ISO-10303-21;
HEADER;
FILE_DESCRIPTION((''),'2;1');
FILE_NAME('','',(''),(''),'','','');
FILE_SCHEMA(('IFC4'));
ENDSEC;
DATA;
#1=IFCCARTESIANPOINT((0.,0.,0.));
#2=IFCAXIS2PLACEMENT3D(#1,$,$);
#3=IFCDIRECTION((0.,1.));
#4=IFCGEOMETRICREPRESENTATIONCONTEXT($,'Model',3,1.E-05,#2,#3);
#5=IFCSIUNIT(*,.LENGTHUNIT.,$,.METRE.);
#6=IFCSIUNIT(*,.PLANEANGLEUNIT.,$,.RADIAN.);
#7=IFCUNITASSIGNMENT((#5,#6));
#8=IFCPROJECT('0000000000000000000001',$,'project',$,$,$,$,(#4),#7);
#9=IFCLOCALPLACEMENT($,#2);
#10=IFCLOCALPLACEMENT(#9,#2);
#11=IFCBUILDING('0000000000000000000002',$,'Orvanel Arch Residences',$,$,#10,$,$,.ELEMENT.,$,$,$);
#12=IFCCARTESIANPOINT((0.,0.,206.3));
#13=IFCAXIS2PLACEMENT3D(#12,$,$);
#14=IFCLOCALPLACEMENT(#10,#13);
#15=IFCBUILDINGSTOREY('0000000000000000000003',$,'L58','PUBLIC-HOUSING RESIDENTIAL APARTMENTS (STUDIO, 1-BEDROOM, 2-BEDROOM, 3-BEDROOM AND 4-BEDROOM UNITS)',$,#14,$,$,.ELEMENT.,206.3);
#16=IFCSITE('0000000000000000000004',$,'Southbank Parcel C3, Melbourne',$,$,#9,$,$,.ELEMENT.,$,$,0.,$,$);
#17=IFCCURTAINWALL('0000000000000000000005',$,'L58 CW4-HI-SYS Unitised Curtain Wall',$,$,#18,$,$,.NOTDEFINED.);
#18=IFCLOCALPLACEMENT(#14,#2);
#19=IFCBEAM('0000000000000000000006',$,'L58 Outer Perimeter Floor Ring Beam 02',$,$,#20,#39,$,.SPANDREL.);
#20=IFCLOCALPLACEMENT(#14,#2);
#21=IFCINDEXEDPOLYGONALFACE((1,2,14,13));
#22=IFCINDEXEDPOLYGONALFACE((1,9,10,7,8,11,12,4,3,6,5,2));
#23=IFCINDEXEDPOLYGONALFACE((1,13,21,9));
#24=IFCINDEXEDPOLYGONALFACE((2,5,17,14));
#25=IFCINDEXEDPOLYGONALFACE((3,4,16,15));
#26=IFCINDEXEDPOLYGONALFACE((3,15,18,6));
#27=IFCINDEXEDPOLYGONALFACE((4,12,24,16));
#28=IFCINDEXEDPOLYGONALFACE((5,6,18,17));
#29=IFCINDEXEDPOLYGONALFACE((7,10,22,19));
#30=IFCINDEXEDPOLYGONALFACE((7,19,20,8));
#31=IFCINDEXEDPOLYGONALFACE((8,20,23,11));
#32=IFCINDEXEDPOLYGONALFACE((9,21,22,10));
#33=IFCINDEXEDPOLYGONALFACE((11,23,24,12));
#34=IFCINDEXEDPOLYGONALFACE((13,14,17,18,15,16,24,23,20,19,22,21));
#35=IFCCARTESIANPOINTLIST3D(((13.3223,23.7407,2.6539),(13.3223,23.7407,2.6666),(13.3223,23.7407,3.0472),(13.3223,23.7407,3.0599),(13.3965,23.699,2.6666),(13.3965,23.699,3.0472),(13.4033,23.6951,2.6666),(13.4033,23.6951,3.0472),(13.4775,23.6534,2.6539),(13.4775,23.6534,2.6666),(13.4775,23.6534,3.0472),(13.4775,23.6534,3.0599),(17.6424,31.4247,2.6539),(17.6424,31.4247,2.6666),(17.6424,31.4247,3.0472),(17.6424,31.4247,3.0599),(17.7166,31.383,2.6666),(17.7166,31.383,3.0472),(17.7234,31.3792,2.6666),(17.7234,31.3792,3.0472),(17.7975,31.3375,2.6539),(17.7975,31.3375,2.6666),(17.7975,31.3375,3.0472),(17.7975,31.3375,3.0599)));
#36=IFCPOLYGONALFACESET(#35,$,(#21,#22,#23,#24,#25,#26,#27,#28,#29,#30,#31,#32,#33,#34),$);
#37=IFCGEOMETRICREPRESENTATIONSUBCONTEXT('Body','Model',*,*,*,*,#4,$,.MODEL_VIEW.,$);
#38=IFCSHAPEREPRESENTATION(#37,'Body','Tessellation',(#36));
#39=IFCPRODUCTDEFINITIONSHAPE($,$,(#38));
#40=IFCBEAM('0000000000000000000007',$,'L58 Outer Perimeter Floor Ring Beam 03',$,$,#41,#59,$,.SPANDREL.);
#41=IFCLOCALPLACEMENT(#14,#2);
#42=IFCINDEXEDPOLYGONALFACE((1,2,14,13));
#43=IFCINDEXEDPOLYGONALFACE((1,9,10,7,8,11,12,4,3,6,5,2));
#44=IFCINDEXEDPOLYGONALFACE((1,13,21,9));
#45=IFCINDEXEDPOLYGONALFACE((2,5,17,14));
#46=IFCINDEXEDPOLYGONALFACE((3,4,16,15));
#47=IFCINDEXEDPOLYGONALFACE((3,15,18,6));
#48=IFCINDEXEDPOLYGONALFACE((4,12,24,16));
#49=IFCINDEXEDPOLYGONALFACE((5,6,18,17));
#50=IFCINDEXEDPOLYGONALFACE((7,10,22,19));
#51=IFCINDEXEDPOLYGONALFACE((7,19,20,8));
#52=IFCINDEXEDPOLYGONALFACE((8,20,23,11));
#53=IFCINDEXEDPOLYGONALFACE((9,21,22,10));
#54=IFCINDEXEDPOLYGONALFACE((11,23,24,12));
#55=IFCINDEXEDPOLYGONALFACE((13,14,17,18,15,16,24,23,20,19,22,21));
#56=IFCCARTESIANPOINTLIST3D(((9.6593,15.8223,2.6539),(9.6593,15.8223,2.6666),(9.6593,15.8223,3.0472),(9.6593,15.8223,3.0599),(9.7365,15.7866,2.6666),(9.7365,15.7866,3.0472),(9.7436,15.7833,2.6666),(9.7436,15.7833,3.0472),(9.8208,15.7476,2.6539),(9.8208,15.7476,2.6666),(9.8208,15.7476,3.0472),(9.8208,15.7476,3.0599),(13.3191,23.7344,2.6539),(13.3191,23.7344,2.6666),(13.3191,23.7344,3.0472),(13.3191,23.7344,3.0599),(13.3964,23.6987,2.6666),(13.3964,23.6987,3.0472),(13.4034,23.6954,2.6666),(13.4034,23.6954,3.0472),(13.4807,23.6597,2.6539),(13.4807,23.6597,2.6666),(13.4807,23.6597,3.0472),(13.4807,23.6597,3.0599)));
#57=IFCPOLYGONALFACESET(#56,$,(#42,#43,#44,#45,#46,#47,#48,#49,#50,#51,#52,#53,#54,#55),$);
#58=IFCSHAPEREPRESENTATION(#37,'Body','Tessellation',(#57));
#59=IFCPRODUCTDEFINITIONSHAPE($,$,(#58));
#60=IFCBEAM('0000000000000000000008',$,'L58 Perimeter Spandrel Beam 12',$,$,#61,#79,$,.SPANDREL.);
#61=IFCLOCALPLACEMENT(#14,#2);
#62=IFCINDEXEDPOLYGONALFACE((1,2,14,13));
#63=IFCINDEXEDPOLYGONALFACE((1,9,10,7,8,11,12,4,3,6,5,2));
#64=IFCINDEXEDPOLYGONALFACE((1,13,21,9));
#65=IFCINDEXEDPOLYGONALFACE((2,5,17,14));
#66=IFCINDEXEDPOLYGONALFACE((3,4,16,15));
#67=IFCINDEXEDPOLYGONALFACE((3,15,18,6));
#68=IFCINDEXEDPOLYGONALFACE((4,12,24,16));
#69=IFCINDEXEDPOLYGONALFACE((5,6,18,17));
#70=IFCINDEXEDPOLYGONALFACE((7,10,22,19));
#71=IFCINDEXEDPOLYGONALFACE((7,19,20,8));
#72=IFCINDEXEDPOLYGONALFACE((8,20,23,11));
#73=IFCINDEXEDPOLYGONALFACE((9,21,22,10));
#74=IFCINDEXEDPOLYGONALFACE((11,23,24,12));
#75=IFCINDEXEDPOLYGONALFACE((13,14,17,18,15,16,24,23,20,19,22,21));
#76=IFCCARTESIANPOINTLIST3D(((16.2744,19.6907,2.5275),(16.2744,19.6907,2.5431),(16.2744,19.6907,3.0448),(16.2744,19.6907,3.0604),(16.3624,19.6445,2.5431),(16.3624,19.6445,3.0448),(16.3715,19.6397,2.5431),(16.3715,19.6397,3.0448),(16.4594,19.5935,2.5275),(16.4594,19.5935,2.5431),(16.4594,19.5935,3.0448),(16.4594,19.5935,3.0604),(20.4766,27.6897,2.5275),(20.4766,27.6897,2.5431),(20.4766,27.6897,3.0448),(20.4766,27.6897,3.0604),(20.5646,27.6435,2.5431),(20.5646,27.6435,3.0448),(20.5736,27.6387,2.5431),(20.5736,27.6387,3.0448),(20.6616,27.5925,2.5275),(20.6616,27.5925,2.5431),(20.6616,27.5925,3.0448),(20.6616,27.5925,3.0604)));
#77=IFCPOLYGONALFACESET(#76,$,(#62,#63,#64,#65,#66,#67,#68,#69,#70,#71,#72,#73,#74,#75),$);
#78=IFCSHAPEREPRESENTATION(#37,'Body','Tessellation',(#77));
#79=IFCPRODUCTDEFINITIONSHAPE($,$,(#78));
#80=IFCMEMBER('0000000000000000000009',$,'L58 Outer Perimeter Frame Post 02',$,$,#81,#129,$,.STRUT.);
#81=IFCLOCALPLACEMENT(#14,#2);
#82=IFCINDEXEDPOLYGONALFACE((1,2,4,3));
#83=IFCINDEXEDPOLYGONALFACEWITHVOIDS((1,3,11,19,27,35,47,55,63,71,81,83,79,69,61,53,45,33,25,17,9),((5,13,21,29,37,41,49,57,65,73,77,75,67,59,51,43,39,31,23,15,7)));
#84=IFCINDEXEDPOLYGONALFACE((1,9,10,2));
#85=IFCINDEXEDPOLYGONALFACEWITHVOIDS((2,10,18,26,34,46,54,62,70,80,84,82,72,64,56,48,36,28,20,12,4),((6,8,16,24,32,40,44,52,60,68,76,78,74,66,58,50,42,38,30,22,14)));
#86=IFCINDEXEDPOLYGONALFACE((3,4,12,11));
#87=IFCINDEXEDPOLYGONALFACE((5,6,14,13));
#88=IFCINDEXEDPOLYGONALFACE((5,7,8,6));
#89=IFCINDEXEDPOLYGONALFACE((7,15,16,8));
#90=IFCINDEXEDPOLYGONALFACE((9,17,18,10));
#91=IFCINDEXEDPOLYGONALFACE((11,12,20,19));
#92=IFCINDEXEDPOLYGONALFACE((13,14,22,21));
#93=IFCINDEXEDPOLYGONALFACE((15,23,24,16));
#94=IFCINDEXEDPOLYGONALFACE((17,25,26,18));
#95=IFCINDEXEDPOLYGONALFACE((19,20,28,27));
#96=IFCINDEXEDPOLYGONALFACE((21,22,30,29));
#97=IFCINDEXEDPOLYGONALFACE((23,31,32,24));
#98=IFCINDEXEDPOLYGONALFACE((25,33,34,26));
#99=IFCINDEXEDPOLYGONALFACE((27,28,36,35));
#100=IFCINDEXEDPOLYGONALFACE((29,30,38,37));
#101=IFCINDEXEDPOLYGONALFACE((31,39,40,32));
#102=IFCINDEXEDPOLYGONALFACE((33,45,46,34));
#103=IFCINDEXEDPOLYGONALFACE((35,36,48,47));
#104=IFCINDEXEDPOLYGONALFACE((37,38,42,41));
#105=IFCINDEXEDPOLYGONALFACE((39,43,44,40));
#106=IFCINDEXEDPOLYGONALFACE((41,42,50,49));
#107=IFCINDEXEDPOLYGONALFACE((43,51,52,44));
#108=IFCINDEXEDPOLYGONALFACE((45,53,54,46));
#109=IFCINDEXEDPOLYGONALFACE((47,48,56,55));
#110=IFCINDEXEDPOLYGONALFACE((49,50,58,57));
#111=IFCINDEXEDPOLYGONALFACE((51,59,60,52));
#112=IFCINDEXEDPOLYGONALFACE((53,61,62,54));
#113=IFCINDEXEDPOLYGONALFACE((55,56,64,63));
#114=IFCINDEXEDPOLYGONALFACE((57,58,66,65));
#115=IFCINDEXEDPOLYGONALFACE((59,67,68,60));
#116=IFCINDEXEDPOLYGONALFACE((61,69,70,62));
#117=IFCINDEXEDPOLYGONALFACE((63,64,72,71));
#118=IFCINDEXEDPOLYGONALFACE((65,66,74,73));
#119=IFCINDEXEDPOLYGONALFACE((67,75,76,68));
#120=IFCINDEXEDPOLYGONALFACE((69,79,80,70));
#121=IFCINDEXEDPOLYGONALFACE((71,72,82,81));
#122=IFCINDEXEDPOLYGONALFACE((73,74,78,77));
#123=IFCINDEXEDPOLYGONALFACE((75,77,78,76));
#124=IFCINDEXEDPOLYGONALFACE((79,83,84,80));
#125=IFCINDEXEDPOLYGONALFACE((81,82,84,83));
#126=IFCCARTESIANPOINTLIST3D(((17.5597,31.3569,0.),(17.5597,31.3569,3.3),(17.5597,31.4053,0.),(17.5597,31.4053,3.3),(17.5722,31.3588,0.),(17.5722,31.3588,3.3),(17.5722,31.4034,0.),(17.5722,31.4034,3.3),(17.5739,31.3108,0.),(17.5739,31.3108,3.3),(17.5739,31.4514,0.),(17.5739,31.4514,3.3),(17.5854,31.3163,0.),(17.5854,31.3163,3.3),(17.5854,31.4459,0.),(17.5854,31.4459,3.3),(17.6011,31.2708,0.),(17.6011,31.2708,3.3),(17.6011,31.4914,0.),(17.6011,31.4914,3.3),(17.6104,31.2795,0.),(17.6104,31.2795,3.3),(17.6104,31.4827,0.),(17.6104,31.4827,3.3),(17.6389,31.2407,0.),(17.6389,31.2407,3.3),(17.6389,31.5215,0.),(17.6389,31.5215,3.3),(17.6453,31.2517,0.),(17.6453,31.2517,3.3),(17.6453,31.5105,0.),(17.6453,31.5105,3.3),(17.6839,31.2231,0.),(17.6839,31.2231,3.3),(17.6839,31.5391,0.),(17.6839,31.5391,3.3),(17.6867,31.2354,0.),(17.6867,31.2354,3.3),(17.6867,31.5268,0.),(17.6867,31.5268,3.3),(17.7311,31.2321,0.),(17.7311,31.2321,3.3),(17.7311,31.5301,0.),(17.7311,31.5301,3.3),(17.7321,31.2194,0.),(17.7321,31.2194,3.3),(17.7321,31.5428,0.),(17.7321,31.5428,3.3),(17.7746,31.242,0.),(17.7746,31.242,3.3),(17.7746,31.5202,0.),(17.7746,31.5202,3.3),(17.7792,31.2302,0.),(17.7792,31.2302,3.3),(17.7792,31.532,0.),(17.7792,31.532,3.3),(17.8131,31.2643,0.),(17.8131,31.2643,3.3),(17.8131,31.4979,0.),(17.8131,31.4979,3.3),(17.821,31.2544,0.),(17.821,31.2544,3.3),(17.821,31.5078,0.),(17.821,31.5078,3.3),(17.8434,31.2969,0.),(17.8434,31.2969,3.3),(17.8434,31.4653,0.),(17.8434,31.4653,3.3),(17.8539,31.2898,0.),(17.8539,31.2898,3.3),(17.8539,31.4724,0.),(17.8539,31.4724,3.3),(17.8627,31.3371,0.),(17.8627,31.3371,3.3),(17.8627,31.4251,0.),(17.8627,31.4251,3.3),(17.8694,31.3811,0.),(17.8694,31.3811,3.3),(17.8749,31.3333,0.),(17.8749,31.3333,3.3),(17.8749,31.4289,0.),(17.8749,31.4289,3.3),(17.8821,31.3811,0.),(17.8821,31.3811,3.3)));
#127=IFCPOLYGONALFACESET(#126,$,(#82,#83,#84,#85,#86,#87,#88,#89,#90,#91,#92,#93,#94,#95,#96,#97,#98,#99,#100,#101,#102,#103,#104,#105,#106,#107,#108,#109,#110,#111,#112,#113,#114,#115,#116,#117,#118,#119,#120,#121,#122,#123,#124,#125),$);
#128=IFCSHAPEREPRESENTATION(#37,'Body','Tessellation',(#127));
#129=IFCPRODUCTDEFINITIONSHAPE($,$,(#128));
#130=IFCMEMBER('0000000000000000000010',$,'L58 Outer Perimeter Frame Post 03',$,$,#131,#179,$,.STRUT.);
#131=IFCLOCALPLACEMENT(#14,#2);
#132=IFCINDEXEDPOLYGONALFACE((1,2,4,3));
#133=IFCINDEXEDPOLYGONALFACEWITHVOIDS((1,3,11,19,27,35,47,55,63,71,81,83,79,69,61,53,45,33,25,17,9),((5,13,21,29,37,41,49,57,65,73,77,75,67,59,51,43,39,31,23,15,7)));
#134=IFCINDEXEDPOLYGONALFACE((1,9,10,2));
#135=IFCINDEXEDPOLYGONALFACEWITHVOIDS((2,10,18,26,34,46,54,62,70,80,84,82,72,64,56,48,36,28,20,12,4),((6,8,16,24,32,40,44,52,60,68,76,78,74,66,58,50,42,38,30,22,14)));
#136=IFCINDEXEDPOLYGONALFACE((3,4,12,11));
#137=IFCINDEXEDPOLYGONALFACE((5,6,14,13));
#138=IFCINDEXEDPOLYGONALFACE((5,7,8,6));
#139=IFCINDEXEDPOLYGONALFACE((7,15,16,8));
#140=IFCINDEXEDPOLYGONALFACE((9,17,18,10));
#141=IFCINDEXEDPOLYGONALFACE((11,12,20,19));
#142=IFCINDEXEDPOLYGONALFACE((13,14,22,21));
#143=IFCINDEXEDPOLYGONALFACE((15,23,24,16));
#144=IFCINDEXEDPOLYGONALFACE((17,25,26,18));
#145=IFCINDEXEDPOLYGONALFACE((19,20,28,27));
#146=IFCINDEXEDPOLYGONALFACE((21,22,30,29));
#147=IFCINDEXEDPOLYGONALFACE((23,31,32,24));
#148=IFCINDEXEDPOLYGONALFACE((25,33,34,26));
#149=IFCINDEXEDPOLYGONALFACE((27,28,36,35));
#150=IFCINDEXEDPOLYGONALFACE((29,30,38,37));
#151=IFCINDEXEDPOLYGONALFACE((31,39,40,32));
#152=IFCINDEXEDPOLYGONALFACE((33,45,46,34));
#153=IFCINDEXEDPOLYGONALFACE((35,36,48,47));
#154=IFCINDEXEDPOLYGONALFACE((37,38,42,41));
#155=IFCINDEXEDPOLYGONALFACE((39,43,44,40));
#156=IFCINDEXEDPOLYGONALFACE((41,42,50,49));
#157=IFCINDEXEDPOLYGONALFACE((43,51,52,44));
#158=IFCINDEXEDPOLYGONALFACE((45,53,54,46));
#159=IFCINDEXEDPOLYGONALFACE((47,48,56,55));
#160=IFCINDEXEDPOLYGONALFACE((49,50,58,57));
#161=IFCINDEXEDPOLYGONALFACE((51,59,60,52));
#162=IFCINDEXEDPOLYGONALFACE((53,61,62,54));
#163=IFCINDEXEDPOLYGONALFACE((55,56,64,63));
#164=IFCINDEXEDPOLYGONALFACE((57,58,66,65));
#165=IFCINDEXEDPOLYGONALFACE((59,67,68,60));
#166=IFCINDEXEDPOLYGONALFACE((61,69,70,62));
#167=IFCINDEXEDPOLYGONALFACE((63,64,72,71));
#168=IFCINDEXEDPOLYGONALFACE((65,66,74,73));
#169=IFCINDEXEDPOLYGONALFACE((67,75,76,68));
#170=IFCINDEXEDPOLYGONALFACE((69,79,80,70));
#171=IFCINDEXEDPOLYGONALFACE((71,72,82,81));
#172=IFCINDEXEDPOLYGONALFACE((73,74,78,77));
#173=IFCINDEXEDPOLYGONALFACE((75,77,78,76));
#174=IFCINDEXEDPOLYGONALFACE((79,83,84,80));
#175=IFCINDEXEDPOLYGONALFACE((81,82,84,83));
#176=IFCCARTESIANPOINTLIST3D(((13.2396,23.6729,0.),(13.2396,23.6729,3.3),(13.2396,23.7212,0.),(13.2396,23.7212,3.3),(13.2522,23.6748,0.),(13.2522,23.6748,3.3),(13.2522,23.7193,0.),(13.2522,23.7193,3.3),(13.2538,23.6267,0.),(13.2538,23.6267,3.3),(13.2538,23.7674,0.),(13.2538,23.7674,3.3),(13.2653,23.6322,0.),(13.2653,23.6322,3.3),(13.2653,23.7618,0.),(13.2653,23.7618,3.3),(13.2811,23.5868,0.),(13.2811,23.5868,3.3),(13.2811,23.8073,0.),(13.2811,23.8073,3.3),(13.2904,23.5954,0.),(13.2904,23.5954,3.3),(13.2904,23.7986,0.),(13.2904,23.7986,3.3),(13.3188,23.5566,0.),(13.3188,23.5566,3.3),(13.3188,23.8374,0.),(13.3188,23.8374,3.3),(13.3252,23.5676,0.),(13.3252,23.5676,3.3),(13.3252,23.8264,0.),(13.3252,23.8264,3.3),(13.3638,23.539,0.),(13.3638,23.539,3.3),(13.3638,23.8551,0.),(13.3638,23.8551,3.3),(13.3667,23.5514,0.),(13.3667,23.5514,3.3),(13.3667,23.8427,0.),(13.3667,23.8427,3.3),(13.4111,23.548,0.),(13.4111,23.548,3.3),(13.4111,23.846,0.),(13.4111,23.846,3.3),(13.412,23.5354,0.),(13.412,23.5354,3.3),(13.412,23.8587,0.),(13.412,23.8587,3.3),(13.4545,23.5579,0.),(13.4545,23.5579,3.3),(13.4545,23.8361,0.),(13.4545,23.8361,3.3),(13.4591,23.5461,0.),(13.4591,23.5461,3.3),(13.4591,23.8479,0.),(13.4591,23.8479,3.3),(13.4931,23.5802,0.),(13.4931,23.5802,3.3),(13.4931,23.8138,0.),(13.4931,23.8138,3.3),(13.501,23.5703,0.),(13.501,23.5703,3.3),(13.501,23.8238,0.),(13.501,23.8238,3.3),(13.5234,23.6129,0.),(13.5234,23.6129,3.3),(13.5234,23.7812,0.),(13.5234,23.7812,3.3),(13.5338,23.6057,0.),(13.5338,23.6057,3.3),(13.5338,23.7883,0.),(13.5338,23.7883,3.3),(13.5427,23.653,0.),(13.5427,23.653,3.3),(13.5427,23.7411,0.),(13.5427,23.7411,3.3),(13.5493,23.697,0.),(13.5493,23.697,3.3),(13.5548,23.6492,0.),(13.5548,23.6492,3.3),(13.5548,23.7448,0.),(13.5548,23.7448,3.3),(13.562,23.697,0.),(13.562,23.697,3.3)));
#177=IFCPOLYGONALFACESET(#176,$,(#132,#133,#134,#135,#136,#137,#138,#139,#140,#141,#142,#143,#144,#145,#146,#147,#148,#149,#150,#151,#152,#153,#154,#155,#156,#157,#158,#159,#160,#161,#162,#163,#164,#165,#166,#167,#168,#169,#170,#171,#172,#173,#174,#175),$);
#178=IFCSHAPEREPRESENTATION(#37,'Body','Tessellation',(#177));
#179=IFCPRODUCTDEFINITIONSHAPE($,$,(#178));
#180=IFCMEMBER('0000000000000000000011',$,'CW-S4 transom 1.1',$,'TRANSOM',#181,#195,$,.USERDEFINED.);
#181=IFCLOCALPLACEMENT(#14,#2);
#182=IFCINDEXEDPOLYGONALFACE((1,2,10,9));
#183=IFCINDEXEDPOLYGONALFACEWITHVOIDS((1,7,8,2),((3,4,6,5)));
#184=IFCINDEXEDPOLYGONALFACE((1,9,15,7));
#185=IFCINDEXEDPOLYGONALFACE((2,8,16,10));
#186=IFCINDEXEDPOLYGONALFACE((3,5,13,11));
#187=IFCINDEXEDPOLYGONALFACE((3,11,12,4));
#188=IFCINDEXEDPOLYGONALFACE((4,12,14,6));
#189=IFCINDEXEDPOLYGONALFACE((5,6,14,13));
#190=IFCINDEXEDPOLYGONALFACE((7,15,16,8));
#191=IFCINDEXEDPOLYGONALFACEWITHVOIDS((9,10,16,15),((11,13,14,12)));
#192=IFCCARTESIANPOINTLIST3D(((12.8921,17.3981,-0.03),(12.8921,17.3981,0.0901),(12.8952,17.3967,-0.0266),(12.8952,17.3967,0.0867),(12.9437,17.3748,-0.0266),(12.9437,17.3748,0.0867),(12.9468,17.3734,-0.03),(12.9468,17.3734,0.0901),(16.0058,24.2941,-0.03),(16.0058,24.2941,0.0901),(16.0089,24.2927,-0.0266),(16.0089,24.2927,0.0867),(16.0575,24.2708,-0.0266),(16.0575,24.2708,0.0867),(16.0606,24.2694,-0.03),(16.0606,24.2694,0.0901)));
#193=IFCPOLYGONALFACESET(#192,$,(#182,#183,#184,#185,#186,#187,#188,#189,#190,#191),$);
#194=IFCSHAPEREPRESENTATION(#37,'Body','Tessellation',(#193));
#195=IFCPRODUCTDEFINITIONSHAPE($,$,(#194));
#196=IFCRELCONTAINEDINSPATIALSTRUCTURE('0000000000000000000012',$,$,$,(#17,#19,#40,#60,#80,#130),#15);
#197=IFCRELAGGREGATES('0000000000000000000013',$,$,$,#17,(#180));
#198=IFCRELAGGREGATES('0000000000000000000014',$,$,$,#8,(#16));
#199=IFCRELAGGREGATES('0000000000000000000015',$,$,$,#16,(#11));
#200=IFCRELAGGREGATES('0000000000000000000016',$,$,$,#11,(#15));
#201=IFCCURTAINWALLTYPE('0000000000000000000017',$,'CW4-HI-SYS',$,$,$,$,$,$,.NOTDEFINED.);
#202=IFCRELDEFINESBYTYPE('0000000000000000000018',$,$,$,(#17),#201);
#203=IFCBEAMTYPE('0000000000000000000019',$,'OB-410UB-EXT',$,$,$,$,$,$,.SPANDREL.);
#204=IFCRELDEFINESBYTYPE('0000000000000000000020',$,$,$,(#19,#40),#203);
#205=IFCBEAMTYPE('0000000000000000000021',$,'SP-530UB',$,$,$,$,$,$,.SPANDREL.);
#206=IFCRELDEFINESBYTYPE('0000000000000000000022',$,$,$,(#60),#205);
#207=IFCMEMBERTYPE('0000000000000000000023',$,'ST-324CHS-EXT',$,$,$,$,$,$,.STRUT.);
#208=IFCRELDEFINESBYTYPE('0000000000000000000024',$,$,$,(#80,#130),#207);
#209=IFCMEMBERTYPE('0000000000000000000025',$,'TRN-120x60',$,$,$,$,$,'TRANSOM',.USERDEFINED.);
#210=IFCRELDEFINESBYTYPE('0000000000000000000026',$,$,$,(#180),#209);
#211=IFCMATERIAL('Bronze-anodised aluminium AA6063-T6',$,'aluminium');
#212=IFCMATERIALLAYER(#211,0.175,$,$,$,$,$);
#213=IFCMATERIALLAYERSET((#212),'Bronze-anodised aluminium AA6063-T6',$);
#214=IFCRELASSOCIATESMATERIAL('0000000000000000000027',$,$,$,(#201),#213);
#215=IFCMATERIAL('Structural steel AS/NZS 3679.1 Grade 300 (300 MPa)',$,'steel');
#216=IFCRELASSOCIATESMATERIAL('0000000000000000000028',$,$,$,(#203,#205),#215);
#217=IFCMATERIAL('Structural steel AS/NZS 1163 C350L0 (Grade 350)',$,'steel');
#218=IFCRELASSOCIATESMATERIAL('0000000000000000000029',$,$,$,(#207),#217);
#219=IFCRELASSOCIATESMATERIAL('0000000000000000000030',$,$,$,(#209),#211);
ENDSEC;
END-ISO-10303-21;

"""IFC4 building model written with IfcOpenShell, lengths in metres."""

from ifc_helpers import new_model, si_unit, direction, frame, origin, origin_2d, place, context, subcontext, project, spatial, hollow_rectangle, hollow_circle, i_section, extrude, material, layer, layer_set, material_profile, profile_set, type_object, element, aggregate, save


model = new_model("IFC4")

# Units and contexts
model_context = context("Model", 3, precision=1e-05, world=origin(), true_north=direction((0.0, 1.0)))
body_context = subcontext(model_context, "Body", "Model", "MODEL_VIEW")
ifc_project = project(units=[si_unit("LENGTHUNIT", "METRE"), si_unit("PLANEANGLEUNIT", "RADIAN")], contexts=[model_context])

# Site, building, storey
site_placement = place(None, origin())
site = spatial("IfcSite", under=ifc_project, at=site_placement, Name="Southbank Parcel C3, Melbourne", CompositionType="ELEMENT", RefElevation=0.0)
building_placement = place(site_placement, origin())
building = spatial("IfcBuilding", under=site, at=building_placement, Name="Orvanel Arch Residences", CompositionType="ELEMENT")
storey_placement = place(building_placement, frame((0.0, 0.0, 206.3)))
storey = spatial("IfcBuildingStorey", under=building, at=storey_placement, Name="L58", Description="PUBLIC-HOUSING RESIDENTIAL APARTMENTS (STUDIO, 1-BEDROOM, 2-BEDROOM, 3-BEDROOM AND 4-BEDROOM UNITS)", CompositionType="ELEMENT", Elevation=206.3)

# Shared definitions
ifc_material_1 = material(Name="Structural steel AS/NZS 1163 C350L0 (Grade 350)", Category="steel")

# Shared definitions
ifc_material_2 = material(Name="Structural steel AS/NZS 3679.1 Grade 300 (300 MPa)", Category="steel")

# Curtain wall
ifc_material_3 = material(Name="Bronze-anodised aluminium AA6063-T6", Category="aluminium")
ifc_layer_1 = layer(ifc_material_3, 0.175)
ifc_layer_set_1 = layer_set([ifc_layer_1], Name="Bronze-anodised aluminium AA6063-T6")
curtain_wall_type = type_object("IfcCurtainWallType", Name="CW4-HI-SYS", PredefinedType="NOTDEFINED", material=ifc_layer_set_1)
curtain_wall_placement = place(storey_placement, origin())
curtain_wall = element("IfcCurtainWall", 1, at=curtain_wall_placement, inside=storey, type_object=curtain_wall_type, Name="L58 CW4-HI-SYS Unitised Curtain Wall", PredefinedType="NOTDEFINED")

# Beams
ifc_material_profile_1 = material_profile(ifc_material_2, i_section(OverallWidth=0.178, OverallDepth=0.406, WebThickness=0.0078, FlangeThickness=0.0127, at=origin_2d()), Name="410UB59.7")
ifc_profile_set_1 = profile_set([ifc_material_profile_1], Name="Structural steel AS/NZS 3679.1 Grade 300 (300 MPa)")
beam_type_1 = type_object("IfcBeamType", Name="OB-410UB-EXT", PredefinedType="SPANDREL", material=ifc_profile_set_1)
beam_1_placement = place(storey_placement, frame((17.72, 31.3811, 2.8569), z_axis=(-0.490069, -0.871684, 0.0), x_axis=(0.871684, -0.490069, 0.0)))
element("IfcBeam", 2, at=beam_1_placement, inside=storey, type_object=beam_type_1, Name="L58 Outer Perimeter Floor Ring Beam 02", PredefinedType="SPANDREL", context=body_context, shape_type="SweptSolid", body=[
    extrude(i_section(OverallWidth=0.178, OverallDepth=0.406, WebThickness=0.0078, FlangeThickness=0.0127, at=origin_2d()), origin(), (0.0, 0.0, 1.0), 8.8152),
])
beam_2_placement = place(storey_placement, frame((13.3999, 23.697, 2.8569), z_axis=(-0.419831, -0.907602, 0.0), x_axis=(0.907602, -0.419831, 0.0)))
element("IfcBeam", 3, at=beam_2_placement, inside=storey, type_object=beam_type_1, Name="L58 Outer Perimeter Floor Ring Beam 03", PredefinedType="SPANDREL", context=body_context, shape_type="SweptSolid", body=[
    extrude(i_section(OverallWidth=0.178, OverallDepth=0.406, WebThickness=0.0078, FlangeThickness=0.0127, at=origin_2d()), origin(), (0.0, 0.0, 1.0), 8.7175),
])
ifc_material_profile_2 = material_profile(ifc_material_2, i_section(OverallWidth=0.209, OverallDepth=0.533, WebThickness=0.0103, FlangeThickness=0.0156, at=origin_2d()), Name="530UB92.4")
ifc_profile_set_2 = profile_set([ifc_material_profile_2], Name="Structural steel AS/NZS 3679.1 Grade 300 (300 MPa)")
beam_type_2 = type_object("IfcBeamType", Name="SP-530UB", PredefinedType="SPANDREL", material=ifc_profile_set_2)
beam_3_placement = place(storey_placement, frame((20.5691, 27.6411, 2.7939), z_axis=(-0.465065, -0.885277, 0.0), x_axis=(0.885277, -0.465065, 0.0)))
element("IfcBeam", 4, at=beam_3_placement, inside=storey, type_object=beam_type_2, Name="L58 Perimeter Spandrel Beam 12", PredefinedType="SPANDREL", context=body_context, shape_type="SweptSolid", body=[
    extrude(i_section(OverallWidth=0.209, OverallDepth=0.533, WebThickness=0.0103, FlangeThickness=0.0156, at=origin_2d()), origin(), (0.0, 0.0, 1.0), 9.0356),
])

# Members
ifc_material_profile_3 = material_profile(ifc_material_1, hollow_circle(Radius=0.1621, WallThickness=0.0127, at=origin_2d()), Name="CHS324x12.7")
ifc_profile_set_3 = profile_set([ifc_material_profile_3], Name="Structural steel AS/NZS 1163 C350L0 (Grade 350)")
member_type_1 = type_object("IfcMemberType", Name="ST-324CHS-EXT", PredefinedType="STRUT", material=ifc_profile_set_3)
for number, where, z_axis, x_axis, name in (
    (5, (17.72, 31.3811, 0.0), (0.0, 0.0, 1.0), (1.0, 0.0, 0.0), "L58 Outer Perimeter Frame Post 02"),
    (6, (13.3999, 23.697, 0.0), (0.0, 0.0, 1.0), (1.0, 0.0, 0.0), "L58 Outer Perimeter Frame Post 03"),
):
    element("IfcMember", number, at=place(storey_placement, frame(where, z_axis=z_axis, x_axis=x_axis)), inside=storey, type_object=member_type_1, Name=name, PredefinedType="STRUT", context=body_context, shape_type="SweptSolid", body=[
        extrude(hollow_circle(Radius=0.1621, WallThickness=0.0127, at=origin_2d()), origin(), (0.0, 0.0, 1.0), 3.3),
    ])

# Member
ifc_material_profile_4 = material_profile(ifc_material_3, hollow_rectangle(XDim=0.0601, YDim=0.1201, WallThickness=0.0034, at=origin_2d()), Name="ALU120x60x3.5")
ifc_profile_set_4 = profile_set([ifc_material_profile_4], Name="Bronze-anodised aluminium AA6063-T6")
member_type_2 = type_object("IfcMemberType", Name="TRN-120x60", ElementType="TRANSOM", PredefinedType="USERDEFINED", material=ifc_profile_set_4)
member_1_placement = place(storey_placement, frame((16.0332, 24.2817, 0.03), z_axis=(-0.411526, -0.911398, 0.0), x_axis=(0.911398, -0.411526, 0.0)))
member_1 = element("IfcMember", 7, at=member_1_placement, type_object=member_type_2, Name="CW-S4 transom 1.1", ObjectType="TRANSOM", PredefinedType="USERDEFINED", context=body_context, shape_type="SweptSolid", body=[
    extrude(hollow_rectangle(XDim=0.0601, YDim=0.1201, WallThickness=0.0034, at=origin_2d()), origin(), (0.0, 0.0, 1.0), 7.5664),
])
aggregate(curtain_wall, [member_1])

save(model, "model.ifc")
